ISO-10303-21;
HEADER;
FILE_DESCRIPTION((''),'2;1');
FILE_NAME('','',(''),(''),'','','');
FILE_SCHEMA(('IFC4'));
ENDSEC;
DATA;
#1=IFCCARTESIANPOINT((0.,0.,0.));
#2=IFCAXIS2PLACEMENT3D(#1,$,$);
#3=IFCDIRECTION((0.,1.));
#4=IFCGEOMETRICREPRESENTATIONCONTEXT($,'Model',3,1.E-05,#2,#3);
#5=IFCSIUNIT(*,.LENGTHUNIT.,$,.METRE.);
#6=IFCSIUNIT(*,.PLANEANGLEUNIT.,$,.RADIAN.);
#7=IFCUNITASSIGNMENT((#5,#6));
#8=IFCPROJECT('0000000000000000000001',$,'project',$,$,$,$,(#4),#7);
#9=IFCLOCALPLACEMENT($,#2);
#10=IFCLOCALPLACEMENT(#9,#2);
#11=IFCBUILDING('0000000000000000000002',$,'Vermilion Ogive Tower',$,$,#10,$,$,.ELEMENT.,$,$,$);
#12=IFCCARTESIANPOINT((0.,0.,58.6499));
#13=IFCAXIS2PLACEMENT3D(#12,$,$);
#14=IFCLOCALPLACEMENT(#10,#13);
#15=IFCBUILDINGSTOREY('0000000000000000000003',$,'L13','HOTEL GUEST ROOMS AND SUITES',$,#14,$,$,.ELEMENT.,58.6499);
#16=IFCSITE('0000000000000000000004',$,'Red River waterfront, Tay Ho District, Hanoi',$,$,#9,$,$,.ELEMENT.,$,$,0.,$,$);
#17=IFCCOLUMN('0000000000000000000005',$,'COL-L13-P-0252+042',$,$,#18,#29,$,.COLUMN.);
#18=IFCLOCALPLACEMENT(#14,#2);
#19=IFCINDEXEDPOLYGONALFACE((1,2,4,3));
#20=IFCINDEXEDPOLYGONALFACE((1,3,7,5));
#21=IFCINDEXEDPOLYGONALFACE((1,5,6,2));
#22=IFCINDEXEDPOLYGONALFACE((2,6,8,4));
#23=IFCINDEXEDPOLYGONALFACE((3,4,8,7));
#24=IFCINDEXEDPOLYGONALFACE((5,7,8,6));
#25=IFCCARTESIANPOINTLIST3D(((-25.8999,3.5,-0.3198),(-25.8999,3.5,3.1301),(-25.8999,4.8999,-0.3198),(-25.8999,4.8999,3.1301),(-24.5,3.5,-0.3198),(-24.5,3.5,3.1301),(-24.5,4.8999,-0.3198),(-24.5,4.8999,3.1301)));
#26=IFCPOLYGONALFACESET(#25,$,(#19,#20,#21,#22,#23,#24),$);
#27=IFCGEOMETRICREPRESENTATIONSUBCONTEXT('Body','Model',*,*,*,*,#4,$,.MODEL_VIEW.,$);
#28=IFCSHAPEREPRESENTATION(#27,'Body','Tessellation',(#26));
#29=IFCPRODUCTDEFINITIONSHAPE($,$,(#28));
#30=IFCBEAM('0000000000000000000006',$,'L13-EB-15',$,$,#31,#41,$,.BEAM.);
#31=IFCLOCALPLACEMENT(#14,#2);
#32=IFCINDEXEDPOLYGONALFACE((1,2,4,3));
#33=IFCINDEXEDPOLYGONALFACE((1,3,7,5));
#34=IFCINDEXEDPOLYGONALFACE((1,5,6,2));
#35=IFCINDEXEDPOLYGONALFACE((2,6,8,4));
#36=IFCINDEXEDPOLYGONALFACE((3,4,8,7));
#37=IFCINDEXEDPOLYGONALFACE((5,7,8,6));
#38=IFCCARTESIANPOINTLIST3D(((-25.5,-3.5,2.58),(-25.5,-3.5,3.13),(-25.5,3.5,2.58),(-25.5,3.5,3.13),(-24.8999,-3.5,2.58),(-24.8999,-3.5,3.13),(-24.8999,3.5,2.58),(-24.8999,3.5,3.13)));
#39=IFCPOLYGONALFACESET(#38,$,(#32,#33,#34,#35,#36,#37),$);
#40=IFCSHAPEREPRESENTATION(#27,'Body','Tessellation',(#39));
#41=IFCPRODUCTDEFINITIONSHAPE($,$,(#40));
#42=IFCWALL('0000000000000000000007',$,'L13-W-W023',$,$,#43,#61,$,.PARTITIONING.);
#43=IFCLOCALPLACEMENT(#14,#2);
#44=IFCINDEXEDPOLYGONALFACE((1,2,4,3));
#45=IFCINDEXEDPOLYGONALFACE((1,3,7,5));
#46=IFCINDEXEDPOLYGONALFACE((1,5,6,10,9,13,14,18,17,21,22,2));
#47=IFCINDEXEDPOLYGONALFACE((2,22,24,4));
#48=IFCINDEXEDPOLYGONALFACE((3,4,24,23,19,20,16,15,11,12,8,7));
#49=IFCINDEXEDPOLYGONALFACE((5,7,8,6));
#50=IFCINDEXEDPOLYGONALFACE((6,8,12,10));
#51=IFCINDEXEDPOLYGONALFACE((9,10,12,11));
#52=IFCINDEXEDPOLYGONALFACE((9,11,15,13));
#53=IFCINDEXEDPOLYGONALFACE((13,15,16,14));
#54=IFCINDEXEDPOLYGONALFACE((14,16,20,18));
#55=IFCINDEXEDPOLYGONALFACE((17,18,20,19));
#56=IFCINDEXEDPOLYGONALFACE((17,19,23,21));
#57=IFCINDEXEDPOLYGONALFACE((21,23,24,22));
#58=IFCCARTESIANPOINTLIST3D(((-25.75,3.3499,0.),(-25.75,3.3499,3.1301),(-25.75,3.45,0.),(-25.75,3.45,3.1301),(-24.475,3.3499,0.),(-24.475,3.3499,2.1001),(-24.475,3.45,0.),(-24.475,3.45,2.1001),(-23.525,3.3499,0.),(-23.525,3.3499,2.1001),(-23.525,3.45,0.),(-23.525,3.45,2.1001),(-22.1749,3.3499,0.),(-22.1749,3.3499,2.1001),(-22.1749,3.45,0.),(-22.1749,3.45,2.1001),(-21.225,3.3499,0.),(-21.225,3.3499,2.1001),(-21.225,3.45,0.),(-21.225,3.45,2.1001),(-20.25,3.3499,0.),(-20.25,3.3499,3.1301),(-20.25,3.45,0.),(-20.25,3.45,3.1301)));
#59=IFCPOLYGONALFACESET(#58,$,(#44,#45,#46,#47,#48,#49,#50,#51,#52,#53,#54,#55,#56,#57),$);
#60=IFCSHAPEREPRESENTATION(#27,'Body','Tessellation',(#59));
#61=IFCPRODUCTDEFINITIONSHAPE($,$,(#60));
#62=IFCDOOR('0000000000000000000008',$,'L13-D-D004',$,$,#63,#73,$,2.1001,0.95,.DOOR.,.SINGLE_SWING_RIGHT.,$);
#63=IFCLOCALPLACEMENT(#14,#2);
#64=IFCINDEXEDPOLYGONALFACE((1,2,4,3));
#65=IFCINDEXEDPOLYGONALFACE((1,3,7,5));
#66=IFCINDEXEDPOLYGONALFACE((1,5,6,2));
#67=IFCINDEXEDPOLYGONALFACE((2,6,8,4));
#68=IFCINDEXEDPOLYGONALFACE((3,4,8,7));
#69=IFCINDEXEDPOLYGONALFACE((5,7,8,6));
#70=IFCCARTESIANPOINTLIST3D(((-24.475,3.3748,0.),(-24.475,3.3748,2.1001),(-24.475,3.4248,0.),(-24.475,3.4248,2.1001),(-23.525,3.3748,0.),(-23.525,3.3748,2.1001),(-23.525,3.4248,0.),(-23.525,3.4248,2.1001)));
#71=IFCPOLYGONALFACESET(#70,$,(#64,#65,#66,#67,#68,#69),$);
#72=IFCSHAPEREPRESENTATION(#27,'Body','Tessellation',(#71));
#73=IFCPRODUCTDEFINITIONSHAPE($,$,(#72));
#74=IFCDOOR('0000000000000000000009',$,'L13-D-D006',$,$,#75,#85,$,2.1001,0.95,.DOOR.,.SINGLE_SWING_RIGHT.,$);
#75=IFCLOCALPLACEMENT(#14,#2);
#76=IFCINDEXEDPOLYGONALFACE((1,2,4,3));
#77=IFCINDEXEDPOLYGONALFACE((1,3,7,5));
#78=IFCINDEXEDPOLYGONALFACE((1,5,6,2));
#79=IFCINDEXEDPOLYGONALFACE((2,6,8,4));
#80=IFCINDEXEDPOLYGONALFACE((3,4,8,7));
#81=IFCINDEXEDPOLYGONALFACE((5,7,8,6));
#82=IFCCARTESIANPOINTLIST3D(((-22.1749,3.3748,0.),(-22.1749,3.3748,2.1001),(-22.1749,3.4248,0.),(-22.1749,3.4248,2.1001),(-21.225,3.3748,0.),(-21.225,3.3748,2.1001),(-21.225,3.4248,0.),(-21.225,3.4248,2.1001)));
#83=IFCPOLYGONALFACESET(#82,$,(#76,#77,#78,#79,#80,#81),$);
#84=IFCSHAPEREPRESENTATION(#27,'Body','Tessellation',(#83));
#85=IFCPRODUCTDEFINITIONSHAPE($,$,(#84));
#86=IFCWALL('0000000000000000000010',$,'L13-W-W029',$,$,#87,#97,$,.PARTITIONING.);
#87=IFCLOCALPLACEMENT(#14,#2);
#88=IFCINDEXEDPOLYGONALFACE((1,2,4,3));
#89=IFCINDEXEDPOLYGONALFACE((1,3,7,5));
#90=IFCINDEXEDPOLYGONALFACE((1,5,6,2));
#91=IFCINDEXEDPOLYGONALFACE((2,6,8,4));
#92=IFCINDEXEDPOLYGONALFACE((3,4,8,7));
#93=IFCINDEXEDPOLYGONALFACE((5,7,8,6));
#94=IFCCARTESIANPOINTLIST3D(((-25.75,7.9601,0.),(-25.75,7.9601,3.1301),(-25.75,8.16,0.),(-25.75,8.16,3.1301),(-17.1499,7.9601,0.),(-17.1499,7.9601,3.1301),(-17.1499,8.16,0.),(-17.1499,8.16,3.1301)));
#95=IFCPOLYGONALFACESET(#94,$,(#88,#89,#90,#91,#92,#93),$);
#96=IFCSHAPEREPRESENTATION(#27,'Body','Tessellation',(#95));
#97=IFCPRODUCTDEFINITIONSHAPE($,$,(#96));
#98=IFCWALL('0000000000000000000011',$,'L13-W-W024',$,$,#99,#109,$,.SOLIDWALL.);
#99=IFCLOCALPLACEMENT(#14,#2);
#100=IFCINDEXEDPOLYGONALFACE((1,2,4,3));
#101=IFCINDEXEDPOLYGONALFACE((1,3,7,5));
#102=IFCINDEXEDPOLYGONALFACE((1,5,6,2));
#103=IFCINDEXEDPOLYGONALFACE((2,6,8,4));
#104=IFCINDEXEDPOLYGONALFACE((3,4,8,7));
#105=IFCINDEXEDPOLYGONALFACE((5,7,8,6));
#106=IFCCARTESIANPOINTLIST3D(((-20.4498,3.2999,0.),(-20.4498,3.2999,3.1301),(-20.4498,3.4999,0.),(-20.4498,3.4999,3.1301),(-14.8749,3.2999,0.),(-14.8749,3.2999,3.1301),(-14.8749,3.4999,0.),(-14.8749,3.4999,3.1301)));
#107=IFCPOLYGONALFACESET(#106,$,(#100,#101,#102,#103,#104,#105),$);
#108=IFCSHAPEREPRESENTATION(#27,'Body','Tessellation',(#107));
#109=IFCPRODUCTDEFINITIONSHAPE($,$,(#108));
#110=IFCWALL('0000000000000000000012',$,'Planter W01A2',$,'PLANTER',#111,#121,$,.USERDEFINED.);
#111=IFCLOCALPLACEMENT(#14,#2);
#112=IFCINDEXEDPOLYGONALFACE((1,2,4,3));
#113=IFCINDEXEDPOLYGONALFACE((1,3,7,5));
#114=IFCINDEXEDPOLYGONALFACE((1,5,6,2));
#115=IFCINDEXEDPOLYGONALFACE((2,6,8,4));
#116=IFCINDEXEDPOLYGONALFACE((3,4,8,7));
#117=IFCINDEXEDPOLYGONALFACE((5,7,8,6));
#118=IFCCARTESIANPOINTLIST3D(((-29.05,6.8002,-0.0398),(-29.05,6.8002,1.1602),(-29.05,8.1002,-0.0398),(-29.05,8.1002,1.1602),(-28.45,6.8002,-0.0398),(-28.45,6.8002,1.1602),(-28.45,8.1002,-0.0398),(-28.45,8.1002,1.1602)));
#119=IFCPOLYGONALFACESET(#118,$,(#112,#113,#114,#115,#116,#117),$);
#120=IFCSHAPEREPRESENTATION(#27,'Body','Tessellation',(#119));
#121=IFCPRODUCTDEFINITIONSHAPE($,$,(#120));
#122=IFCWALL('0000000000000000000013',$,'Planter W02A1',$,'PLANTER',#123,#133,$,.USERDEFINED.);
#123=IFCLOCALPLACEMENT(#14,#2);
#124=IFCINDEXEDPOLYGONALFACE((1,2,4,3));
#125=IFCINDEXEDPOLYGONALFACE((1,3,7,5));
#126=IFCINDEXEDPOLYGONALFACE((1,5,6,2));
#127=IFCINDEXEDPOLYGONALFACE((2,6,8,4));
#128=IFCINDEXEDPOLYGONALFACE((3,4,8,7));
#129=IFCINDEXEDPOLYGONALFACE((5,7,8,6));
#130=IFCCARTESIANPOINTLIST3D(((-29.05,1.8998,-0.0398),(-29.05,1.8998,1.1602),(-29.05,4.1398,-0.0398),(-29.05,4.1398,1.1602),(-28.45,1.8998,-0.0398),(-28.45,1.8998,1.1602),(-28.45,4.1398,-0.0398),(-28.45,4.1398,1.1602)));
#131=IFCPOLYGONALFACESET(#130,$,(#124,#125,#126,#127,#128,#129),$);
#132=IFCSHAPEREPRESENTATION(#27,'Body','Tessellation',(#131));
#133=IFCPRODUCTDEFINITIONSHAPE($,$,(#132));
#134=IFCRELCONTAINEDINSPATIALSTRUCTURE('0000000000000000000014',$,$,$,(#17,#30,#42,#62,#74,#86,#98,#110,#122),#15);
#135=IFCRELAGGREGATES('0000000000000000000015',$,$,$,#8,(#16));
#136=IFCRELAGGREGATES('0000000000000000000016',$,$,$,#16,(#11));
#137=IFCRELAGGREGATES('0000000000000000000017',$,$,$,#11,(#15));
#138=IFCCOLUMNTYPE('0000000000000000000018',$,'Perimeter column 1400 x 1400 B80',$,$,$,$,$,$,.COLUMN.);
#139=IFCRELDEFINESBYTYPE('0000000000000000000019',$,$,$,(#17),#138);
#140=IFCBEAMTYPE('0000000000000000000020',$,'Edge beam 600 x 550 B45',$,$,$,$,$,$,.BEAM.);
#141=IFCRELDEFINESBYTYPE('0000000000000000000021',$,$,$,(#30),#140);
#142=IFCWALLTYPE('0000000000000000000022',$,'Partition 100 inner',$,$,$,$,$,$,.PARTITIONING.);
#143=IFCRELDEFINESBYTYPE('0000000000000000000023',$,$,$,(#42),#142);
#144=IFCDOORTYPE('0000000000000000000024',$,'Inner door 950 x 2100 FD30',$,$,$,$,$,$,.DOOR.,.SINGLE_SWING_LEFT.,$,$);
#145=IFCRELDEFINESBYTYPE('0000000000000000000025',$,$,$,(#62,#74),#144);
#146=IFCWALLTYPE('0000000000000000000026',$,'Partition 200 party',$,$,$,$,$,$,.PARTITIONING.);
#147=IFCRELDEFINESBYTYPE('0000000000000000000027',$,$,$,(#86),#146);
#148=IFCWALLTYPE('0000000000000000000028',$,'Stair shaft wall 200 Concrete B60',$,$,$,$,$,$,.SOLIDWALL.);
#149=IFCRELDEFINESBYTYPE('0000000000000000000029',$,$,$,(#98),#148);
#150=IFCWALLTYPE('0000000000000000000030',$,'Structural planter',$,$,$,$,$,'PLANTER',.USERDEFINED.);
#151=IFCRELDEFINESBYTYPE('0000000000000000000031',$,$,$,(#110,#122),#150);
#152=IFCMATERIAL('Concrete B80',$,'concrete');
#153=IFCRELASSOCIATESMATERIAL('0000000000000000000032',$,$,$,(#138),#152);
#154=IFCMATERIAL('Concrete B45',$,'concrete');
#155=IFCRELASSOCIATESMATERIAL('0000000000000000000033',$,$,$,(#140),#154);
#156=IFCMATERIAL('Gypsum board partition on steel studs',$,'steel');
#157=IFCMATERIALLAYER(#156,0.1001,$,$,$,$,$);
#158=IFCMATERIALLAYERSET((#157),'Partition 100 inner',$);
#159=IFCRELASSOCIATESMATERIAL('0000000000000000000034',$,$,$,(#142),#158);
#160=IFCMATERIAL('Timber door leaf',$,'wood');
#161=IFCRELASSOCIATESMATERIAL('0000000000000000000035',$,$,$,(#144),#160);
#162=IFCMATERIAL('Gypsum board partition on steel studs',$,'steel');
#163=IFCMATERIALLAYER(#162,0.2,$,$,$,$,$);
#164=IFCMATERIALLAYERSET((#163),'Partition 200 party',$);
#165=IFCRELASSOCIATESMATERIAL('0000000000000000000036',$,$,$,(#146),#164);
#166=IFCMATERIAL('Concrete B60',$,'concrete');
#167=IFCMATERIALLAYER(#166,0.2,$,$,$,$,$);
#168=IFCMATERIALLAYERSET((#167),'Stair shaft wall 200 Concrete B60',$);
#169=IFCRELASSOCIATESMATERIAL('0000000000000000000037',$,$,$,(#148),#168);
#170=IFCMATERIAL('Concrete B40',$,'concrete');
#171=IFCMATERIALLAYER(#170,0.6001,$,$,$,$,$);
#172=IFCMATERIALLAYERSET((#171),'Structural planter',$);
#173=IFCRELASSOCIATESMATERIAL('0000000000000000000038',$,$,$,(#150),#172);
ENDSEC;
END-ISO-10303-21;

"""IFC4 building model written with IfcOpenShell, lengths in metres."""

from ifc_helpers import new_model, si_unit, direction, frame, frame_2d, origin, origin_2d, place, context, subcontext, project, spatial, rectangle, extrude, material, layer, layer_set, material_profile, profile_set, type_object, element, fill, save


model = new_model("IFC4")

# Units and contexts
model_context = context("Model", 3, precision=1e-05, world=origin(), true_north=direction((0.0, 1.0)))
body_context = subcontext(model_context, "Body", "Model", "MODEL_VIEW")
ifc_project = project(units=[si_unit("LENGTHUNIT", "METRE"), si_unit("PLANEANGLEUNIT", "RADIAN")], contexts=[model_context])

# Site, building, storey
site_placement = place(None, origin())
site = spatial("IfcSite", under=ifc_project, at=site_placement, Name="Red River waterfront, Tay Ho District, Hanoi", CompositionType="ELEMENT", RefElevation=0.0)
building_placement = place(site_placement, origin())
building = spatial("IfcBuilding", under=site, at=building_placement, Name="Vermilion Ogive Tower", CompositionType="ELEMENT")
storey_placement = place(building_placement, frame((0.0, 0.0, 58.6499)))
storey = spatial("IfcBuildingStorey", under=building, at=storey_placement, Name="L13", Description="HOTEL GUEST ROOMS AND SUITES", CompositionType="ELEMENT", Elevation=58.6499)

# Column
ifc_material_1 = material(Name="Concrete B80", Category="concrete")
ifc_material_profile_1 = material_profile(ifc_material_1, rectangle(XDim=1.3999, YDim=1.3999, at=origin_2d()), Name="1400 x 1400")
ifc_profile_set_1 = profile_set([ifc_material_profile_1], Name="Concrete B80")
column_type = type_object("IfcColumnType", Name="Perimeter column 1400 x 1400 B80", PredefinedType="COLUMN", material=ifc_profile_set_1)
column_placement = place(storey_placement, frame((-25.2, 4.2, -0.3198), z_axis=(0.0, 0.0, 1.0), x_axis=(1.0, 0.0, 0.0)))
element("IfcColumn", 1, at=column_placement, inside=storey, type_object=column_type, Name="COL-L13-P-0252+042", PredefinedType="COLUMN", context=body_context, shape_type="SweptSolid", body=[
    extrude(rectangle(XDim=1.3999, YDim=1.3999, at=origin_2d()), origin(), (0.0, 0.0, 1.0), 3.45),
])

# Beam
ifc_material_2 = material(Name="Concrete B45", Category="concrete")
ifc_material_profile_2 = material_profile(ifc_material_2, rectangle(XDim=0.6001, YDim=0.55, at=origin_2d()), Name="600 x 550")
ifc_profile_set_2 = profile_set([ifc_material_profile_2], Name="Concrete B45")
beam_type = type_object("IfcBeamType", Name="Edge beam 600 x 550 B45", PredefinedType="BEAM", material=ifc_profile_set_2)
beam_placement = place(storey_placement, frame((-25.2, 3.5, 2.855), z_axis=(0.0, -1.0, 0.0), x_axis=(1.0, 0.0, 0.0)))
element("IfcBeam", 2, at=beam_placement, inside=storey, type_object=beam_type, Name="L13-EB-15", PredefinedType="BEAM", context=body_context, shape_type="SweptSolid", body=[
    extrude(rectangle(XDim=0.6001, YDim=0.55, at=origin_2d()), origin(), (0.0, 0.0, 1.0), 7.0),
])

# Wall, openings, doors
ifc_material_3 = material(Name="Gypsum board partition on steel studs", Category="steel")
ifc_layer_1 = layer(ifc_material_3, 0.1001)
ifc_layer_set_1 = layer_set([ifc_layer_1], Name="Partition 100 inner")
wall_type_1 = type_object("IfcWallType", Name="Partition 100 inner", PredefinedType="PARTITIONING", material=ifc_layer_set_1)
wall_1_placement = place(storey_placement, frame((-25.75, 3.3999, 0.0), z_axis=(0.0, 0.0, 1.0), x_axis=(1.0, 0.0, 0.0)))
wall_1 = element("IfcWall", 3, at=wall_1_placement, inside=storey, type_object=wall_type_1, Name="L13-W-W023", PredefinedType="PARTITIONING", context=body_context, shape_type="SweptSolid", body=[
    extrude(rectangle(XDim=5.5, YDim=0.1001, at=frame_2d((2.75, 0.0))), origin(), (0.0, 0.0, 1.0), 3.1301),
])
opening_1_placement = place(wall_1_placement, frame((1.2749, 0.0, 0.0)))
opening_1 = element("IfcOpeningElement", 4, at=opening_1_placement, cuts=wall_1, PredefinedType="OPENING", context=body_context, shape_type="SweptSolid", body=[
    extrude(rectangle(XDim=0.95, YDim=2.1001, at=frame_2d((0.4751, 1.05))), frame((0.0, 0.0601, 0.0), z_axis=(0.0, -1.0, 0.0), x_axis=(1.0, 0.0, 0.0)), (0.0, 0.0, 1.0), 0.1201),
])
opening_2_placement = place(wall_1_placement, frame((3.575, 0.0, 0.0)))
opening_2 = element("IfcOpeningElement", 5, at=opening_2_placement, cuts=wall_1, PredefinedType="OPENING", context=body_context, shape_type="SweptSolid", body=[
    extrude(rectangle(XDim=0.95, YDim=2.1001, at=frame_2d((0.4751, 1.05))), frame((0.0, 0.0601, 0.0), z_axis=(0.0, -1.0, 0.0), x_axis=(1.0, 0.0, 0.0)), (0.0, 0.0, 1.0), 0.1201),
])
ifc_material_4 = material(Name="Timber door leaf", Category="wood")
door_type_1 = type_object("IfcDoorType", Name="Inner door 950 x 2100 FD30", OperationType="SINGLE_SWING_LEFT", PredefinedType="DOOR", material=ifc_material_4)
door_1_placement = place(opening_1_placement, origin())
door_1 = element("IfcDoor", 6, at=door_1_placement, inside=storey, type_object=door_type_1, Name="L13-D-D004", OperationType="SINGLE_SWING_RIGHT", OverallHeight=2.1001, OverallWidth=0.95, PredefinedType="DOOR", context=body_context, shape_type="SweptSolid", body=[
    extrude(rectangle(XDim=0.95, YDim=2.1001, at=frame_2d((0.4751, 1.05))), frame((0.0, 0.0249, 0.0), z_axis=(0.0, -1.0, 0.0), x_axis=(1.0, 0.0, 0.0)), (0.0, 0.0, 1.0), 0.05),
])
fill(opening_1, door_1)
door_2_placement = place(opening_2_placement, origin())
door_2 = element("IfcDoor", 7, at=door_2_placement, inside=storey, type_object=door_type_1, Name="L13-D-D006", OperationType="SINGLE_SWING_RIGHT", OverallHeight=2.1001, OverallWidth=0.95, PredefinedType="DOOR", context=body_context, shape_type="SweptSolid", body=[
    extrude(rectangle(XDim=0.95, YDim=2.1001, at=frame_2d((0.4751, 1.05))), frame((0.0, 0.0249, 0.0), z_axis=(0.0, -1.0, 0.0), x_axis=(1.0, 0.0, 0.0)), (0.0, 0.0, 1.0), 0.05),
])
fill(opening_2, door_2)

# Walls
ifc_material_5 = material(Name="Gypsum board partition on steel studs", Category="steel")
ifc_layer_2 = layer(ifc_material_5, 0.2)
ifc_layer_set_2 = layer_set([ifc_layer_2], Name="Partition 200 party")
wall_type_2 = type_object("IfcWallType", Name="Partition 200 party", PredefinedType="PARTITIONING", material=ifc_layer_set_2)
wall_2_placement = place(storey_placement, frame((-25.75, 8.0601, 0.0), z_axis=(0.0, 0.0, 1.0), x_axis=(1.0, 0.0, 0.0)))
element("IfcWall", 8, at=wall_2_placement, inside=storey, type_object=wall_type_2, Name="L13-W-W029", PredefinedType="PARTITIONING", context=body_context, shape_type="SweptSolid", body=[
    extrude(rectangle(XDim=8.6001, YDim=0.2, at=frame_2d((4.3, 0.0))), origin(), (0.0, 0.0, 1.0), 3.1301),
])
ifc_material_6 = material(Name="Concrete B60", Category="concrete")
ifc_layer_3 = layer(ifc_material_6, 0.2)
ifc_layer_set_3 = layer_set([ifc_layer_3], Name="Stair shaft wall 200 Concrete B60")
wall_type_3 = type_object("IfcWallType", Name="Stair shaft wall 200 Concrete B60", PredefinedType="SOLIDWALL", material=ifc_layer_set_3)
wall_3_placement = place(storey_placement, frame((-20.45, 3.3999, 0.0), z_axis=(0.0, 0.0, 1.0), x_axis=(1.0, 0.0, 0.0)))
element("IfcWall", 9, at=wall_3_placement, inside=storey, type_object=wall_type_3, Name="L13-W-W024", PredefinedType="SOLIDWALL", context=body_context, shape_type="SweptSolid", body=[
    extrude(rectangle(XDim=5.575, YDim=0.2, at=frame_2d((2.7876, 0.0))), origin(), (0.0, 0.0, 1.0), 3.1301),
])
ifc_material_7 = material(Name="Concrete B40", Category="concrete")
ifc_layer_4 = layer(ifc_material_7, 0.6001)
ifc_layer_set_4 = layer_set([ifc_layer_4], Name="Structural planter")
wall_type_4 = type_object("IfcWallType", Name="Structural planter", ElementType="PLANTER", PredefinedType="USERDEFINED", material=ifc_layer_set_4)
wall_4_placement = place(storey_placement, frame((-28.75, 8.1001, -0.0398), z_axis=(0.0, 0.0, 1.0), x_axis=(0.0, -1.0, 0.0)))
element("IfcWall", 10, at=wall_4_placement, inside=storey, type_object=wall_type_4, Name="Planter W01A2", ObjectType="PLANTER", PredefinedType="USERDEFINED", context=body_context, shape_type="SweptSolid", body=[
    extrude(rectangle(XDim=1.3, YDim=0.6001, at=frame_2d((0.6499, 0.0))), origin(), (0.0, 0.0, 1.0), 1.2),
])
wall_5_placement = place(storey_placement, frame((-28.75, 4.1399, -0.0398), z_axis=(0.0, 0.0, 1.0), x_axis=(0.0, -1.0, 0.0)))
element("IfcWall", 11, at=wall_5_placement, inside=storey, type_object=wall_type_4, Name="Planter W02A1", ObjectType="PLANTER", PredefinedType="USERDEFINED", context=body_context, shape_type="SweptSolid", body=[
    extrude(rectangle(XDim=2.24, YDim=0.6001, at=frame_2d((1.1201, 0.0))), origin(), (0.0, 0.0, 1.0), 1.2),
])

save(model, "model.ifc")
